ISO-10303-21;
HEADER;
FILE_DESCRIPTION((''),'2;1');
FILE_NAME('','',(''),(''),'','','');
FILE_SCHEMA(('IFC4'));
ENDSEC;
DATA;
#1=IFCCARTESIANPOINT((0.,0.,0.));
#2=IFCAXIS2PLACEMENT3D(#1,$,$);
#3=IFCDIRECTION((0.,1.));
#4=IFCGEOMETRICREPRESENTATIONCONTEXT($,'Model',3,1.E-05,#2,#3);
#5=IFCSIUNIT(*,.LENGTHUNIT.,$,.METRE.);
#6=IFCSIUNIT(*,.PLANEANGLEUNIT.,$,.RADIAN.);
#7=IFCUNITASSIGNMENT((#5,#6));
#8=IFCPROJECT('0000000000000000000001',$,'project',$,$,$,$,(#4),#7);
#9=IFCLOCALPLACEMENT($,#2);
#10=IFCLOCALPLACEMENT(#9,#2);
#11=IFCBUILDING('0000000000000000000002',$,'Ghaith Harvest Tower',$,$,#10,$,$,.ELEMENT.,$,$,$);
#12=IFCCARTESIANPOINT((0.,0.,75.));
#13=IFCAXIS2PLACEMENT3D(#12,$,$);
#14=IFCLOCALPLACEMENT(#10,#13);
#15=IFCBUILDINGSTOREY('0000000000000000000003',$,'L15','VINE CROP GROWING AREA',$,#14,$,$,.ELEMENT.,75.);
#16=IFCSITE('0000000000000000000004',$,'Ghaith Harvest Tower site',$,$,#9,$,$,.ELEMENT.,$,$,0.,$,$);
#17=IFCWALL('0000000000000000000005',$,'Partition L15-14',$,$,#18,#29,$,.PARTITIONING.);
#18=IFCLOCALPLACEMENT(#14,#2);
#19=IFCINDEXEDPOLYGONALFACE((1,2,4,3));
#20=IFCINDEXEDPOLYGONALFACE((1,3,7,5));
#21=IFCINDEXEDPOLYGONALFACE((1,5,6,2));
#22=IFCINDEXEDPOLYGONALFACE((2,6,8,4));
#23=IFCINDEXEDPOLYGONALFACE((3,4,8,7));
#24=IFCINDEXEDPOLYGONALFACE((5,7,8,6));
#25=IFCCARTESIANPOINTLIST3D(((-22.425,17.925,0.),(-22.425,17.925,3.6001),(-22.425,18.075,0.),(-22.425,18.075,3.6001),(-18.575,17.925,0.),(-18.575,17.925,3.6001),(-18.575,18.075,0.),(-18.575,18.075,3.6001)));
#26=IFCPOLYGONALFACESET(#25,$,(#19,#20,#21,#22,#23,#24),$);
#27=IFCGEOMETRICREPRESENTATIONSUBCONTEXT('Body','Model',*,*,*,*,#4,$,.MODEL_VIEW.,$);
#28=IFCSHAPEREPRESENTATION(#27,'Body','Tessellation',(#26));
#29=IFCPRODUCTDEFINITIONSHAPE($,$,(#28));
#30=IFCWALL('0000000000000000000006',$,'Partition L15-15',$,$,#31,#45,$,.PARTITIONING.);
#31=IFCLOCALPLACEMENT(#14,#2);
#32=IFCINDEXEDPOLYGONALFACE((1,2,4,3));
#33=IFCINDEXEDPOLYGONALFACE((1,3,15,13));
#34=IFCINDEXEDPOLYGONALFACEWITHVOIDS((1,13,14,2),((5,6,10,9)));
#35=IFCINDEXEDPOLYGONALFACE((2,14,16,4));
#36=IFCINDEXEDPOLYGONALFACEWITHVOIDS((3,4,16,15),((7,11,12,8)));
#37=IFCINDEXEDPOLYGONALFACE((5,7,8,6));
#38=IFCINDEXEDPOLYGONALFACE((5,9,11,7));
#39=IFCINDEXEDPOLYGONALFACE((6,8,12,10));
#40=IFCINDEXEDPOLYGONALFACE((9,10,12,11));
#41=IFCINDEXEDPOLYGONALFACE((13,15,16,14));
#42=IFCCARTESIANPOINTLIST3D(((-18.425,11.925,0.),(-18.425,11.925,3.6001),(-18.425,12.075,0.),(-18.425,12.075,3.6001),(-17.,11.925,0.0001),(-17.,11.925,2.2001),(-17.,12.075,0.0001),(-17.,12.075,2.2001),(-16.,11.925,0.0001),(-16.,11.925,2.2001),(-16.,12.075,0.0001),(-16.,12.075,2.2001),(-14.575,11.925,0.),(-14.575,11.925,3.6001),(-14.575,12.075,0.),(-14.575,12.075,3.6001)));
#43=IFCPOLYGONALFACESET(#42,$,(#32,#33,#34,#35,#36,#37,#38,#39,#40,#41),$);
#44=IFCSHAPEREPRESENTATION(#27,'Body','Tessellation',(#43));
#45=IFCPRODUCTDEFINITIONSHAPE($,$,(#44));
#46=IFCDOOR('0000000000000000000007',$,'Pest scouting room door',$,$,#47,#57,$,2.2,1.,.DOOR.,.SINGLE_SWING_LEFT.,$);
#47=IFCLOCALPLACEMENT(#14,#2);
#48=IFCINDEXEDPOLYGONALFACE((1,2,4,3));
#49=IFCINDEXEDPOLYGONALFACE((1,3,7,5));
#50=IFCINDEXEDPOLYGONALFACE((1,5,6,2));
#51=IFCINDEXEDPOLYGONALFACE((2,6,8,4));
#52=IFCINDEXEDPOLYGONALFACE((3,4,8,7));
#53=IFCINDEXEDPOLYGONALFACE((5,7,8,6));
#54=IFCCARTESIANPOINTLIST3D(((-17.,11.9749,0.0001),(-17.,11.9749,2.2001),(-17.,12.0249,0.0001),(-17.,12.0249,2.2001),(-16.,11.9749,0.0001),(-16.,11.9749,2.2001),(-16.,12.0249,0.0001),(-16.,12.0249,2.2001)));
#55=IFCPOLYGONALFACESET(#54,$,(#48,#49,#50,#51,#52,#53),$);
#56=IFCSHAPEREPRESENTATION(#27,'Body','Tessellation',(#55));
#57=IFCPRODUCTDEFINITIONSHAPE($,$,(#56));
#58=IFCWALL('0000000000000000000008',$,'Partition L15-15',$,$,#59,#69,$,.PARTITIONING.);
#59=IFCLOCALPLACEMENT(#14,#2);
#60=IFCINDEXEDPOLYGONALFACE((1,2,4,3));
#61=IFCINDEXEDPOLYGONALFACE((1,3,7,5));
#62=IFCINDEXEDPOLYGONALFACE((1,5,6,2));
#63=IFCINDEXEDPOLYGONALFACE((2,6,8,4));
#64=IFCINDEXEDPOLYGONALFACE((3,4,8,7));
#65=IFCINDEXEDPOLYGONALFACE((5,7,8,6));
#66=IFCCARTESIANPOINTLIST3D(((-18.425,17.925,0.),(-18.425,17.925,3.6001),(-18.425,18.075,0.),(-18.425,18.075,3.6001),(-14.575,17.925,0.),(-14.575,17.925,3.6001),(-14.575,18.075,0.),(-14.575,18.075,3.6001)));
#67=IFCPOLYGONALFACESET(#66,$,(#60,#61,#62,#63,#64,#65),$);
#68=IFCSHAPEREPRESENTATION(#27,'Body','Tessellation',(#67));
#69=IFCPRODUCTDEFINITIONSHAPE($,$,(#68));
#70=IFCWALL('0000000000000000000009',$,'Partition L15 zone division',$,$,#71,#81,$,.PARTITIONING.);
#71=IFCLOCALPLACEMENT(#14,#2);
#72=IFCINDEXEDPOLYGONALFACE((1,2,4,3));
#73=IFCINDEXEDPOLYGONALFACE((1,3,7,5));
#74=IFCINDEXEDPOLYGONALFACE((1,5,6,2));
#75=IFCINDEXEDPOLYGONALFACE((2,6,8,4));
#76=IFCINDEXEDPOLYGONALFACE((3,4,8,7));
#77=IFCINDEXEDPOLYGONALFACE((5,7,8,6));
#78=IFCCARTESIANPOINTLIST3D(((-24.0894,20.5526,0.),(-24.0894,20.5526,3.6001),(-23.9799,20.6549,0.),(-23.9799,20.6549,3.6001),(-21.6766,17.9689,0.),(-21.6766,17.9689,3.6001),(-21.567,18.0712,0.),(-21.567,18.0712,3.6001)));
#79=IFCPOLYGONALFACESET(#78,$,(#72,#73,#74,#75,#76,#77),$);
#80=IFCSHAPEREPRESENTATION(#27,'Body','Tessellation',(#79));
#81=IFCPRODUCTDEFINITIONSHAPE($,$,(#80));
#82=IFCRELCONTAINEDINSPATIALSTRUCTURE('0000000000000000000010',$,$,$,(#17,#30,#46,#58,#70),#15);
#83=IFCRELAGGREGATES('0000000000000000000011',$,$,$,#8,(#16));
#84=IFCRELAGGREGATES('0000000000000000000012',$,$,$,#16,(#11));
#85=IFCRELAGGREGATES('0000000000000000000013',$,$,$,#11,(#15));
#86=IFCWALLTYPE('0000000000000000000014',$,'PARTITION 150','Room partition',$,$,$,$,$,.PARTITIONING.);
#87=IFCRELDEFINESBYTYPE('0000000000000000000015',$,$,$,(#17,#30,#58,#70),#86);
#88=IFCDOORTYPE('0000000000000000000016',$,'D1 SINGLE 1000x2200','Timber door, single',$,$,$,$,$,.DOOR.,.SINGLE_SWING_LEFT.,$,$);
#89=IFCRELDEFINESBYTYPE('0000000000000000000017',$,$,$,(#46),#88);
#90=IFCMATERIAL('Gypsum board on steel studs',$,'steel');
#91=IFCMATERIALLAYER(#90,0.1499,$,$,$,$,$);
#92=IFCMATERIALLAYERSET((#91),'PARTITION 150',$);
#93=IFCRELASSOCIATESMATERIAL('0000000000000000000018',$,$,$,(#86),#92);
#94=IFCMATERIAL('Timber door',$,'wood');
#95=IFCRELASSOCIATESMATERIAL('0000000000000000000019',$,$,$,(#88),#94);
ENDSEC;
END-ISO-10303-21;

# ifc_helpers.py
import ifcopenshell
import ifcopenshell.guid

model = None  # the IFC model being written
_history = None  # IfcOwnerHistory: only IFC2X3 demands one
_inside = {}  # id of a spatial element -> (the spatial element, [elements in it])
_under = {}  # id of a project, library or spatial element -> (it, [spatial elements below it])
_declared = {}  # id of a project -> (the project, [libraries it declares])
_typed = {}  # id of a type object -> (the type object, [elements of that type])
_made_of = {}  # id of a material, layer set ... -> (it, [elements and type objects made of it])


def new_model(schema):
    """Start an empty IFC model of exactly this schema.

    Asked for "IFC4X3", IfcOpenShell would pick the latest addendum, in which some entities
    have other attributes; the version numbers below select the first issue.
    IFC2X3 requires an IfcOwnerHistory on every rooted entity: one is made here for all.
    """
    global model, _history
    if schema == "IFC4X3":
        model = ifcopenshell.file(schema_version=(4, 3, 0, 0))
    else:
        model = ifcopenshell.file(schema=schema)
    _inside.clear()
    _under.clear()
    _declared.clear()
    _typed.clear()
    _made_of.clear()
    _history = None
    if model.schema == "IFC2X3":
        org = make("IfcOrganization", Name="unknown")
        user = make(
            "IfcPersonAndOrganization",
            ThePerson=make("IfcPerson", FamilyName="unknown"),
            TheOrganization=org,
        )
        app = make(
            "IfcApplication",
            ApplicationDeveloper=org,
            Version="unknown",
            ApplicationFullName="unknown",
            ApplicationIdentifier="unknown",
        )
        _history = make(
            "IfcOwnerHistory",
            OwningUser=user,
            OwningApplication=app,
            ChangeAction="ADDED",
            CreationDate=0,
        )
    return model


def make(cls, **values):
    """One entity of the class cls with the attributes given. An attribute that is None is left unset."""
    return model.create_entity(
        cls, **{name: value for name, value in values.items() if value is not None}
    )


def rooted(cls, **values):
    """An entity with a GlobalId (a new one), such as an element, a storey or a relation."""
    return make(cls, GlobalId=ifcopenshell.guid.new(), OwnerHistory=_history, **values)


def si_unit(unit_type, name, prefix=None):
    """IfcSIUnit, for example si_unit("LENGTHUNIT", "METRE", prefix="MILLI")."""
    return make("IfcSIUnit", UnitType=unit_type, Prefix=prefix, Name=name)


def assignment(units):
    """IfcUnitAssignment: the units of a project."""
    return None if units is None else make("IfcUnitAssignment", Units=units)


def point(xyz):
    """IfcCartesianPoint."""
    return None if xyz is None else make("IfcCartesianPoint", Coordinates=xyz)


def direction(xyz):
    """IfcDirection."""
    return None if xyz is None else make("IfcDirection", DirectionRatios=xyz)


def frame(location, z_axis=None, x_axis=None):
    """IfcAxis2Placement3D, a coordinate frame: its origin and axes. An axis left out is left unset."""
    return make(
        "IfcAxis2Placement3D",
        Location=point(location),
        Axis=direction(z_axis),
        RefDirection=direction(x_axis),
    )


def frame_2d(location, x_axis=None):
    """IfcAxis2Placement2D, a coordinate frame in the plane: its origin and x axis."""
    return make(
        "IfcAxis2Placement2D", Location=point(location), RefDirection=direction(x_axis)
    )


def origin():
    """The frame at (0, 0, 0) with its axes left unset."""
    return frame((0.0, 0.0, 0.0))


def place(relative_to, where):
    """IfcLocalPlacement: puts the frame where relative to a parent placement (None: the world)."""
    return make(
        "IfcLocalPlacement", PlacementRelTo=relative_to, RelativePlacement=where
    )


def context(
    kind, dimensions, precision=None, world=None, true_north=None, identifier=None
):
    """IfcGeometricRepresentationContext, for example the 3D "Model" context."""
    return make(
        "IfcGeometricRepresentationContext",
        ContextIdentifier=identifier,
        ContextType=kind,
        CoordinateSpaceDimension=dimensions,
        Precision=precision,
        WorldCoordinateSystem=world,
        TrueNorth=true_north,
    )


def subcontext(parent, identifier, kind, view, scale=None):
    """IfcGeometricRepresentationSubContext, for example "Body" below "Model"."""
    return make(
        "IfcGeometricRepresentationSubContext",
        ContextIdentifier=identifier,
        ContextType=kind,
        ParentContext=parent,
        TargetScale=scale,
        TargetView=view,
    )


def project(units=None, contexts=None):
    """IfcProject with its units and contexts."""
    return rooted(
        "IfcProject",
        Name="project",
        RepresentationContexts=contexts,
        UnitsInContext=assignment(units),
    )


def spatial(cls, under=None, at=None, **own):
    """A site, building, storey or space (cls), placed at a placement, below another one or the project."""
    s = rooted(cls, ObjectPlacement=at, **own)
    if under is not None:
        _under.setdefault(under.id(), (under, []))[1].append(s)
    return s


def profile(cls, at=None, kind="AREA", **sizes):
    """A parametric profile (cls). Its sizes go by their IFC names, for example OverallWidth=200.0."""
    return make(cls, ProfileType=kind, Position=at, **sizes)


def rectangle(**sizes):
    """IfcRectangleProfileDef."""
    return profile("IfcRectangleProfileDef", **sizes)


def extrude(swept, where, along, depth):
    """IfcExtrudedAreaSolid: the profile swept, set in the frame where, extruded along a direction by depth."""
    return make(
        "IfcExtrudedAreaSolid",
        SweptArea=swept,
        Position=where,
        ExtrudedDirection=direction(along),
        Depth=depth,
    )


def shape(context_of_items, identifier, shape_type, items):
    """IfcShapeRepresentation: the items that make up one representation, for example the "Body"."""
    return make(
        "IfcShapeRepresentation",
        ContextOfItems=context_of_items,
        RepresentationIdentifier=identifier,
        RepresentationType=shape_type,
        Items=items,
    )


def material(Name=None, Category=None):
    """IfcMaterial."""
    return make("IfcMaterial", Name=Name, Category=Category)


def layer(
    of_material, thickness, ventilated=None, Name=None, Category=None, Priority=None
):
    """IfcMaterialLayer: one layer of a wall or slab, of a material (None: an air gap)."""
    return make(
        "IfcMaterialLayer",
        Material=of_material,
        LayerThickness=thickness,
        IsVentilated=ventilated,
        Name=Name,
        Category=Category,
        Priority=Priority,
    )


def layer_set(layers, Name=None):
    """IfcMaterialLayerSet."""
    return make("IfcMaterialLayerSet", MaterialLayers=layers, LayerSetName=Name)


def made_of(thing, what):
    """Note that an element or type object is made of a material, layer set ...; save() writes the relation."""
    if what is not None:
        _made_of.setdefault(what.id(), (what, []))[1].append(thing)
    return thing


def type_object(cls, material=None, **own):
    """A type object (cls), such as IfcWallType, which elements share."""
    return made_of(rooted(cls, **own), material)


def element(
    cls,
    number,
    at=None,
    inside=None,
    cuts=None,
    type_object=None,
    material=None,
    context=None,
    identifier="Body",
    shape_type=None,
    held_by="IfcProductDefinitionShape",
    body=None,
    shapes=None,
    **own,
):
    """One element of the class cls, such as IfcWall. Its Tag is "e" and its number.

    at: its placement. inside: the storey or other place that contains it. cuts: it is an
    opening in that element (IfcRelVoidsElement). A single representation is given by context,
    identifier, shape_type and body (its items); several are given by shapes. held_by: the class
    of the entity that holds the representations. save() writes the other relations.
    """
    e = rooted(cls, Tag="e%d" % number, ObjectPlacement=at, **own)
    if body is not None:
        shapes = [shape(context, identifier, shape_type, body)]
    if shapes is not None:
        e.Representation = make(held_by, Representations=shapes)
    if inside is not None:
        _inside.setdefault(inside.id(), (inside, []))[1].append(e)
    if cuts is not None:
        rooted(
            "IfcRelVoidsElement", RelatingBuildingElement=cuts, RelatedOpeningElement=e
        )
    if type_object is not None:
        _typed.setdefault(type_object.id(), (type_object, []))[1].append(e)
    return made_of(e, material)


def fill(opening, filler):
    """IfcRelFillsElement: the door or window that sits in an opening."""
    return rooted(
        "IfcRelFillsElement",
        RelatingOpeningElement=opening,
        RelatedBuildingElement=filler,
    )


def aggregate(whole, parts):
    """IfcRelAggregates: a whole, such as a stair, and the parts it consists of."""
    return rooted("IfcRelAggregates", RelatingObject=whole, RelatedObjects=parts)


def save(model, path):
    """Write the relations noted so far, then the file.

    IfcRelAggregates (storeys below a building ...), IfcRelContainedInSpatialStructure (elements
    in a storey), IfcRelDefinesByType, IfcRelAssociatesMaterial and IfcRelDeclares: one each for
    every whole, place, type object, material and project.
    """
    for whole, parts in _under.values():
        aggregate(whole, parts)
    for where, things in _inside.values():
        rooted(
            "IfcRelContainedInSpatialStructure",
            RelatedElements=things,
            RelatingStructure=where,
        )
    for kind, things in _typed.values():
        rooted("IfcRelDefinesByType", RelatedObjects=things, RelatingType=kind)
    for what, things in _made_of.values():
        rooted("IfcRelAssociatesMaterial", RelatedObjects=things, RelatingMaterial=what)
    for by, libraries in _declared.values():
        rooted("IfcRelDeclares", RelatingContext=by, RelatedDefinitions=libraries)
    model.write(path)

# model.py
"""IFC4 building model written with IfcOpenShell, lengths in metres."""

from ifc_helpers import new_model, si_unit, direction, frame, frame_2d, origin, place, context, subcontext, project, spatial, rectangle, extrude, material, layer, layer_set, type_object, element, fill, save


model = new_model("IFC4")

# Units and contexts
model_context = context("Model", 3, precision=1e-05, world=origin(), true_north=direction((0.0, 1.0)))
body_context = subcontext(model_context, "Body", "Model", "MODEL_VIEW")
ifc_project = project(units=[si_unit("LENGTHUNIT", "METRE"), si_unit("PLANEANGLEUNIT", "RADIAN")], contexts=[model_context])

# Site, building, storey
site_placement = place(None, origin())
site = spatial("IfcSite", under=ifc_project, at=site_placement, Name="Ghaith Harvest Tower site", CompositionType="ELEMENT", RefElevation=0.0)
building_placement = place(site_placement, origin())
building = spatial("IfcBuilding", under=site, at=building_placement, Name="Ghaith Harvest Tower", CompositionType="ELEMENT")
storey_placement = place(building_placement, frame((0.0, 0.0, 75.0)))
storey = spatial("IfcBuildingStorey", under=building, at=storey_placement, Name="L15", Description="VINE CROP GROWING AREA", CompositionType="ELEMENT", Elevation=75.0)

# Wall
ifc_material_1 = material(Name="Gypsum board on steel studs", Category="steel")
ifc_layer_1 = layer(ifc_material_1, 0.1499)
ifc_layer_set_1 = layer_set([ifc_layer_1], Name="PARTITION 150")
wall_type = type_object("IfcWallType", Name="PARTITION 150", Description="Room partition", PredefinedType="PARTITIONING", material=ifc_layer_set_1)
wall_1_placement = place(storey_placement, frame((-22.425, 18.0, 0.0), z_axis=(0.0, 0.0, 1.0), x_axis=(1.0, 0.0, 0.0)))
element("IfcWall", 1, at=wall_1_placement, inside=storey, type_object=wall_type, Name="Partition L15-14", PredefinedType="PARTITIONING", context=body_context, shape_type="SweptSolid", body=[
    extrude(rectangle(XDim=3.8501, YDim=0.1499, at=frame_2d((1.925, 0.0))), origin(), (0.0, 0.0, 1.0), 3.6001),
])

# Wall, opening, door
wall_2_placement = place(storey_placement, frame((-18.425, 12.0, 0.0), z_axis=(0.0, 0.0, 1.0), x_axis=(1.0, 0.0, 0.0)))
wall_2 = element("IfcWall", 2, at=wall_2_placement, inside=storey, type_object=wall_type, Name="Partition L15-15", PredefinedType="PARTITIONING", context=body_context, shape_type="SweptSolid", body=[
    extrude(rectangle(XDim=3.8501, YDim=0.1499, at=frame_2d((1.925, 0.0))), origin(), (0.0, 0.0, 1.0), 3.6001),
])
opening_placement = place(wall_2_placement, frame((1.425, 0.0, 0.0)))
opening = element("IfcOpeningElement", 3, at=opening_placement, cuts=wall_2, PredefinedType="OPENING", context=body_context, shape_type="SweptSolid", body=[
    extrude(rectangle(XDim=1.0, YDim=2.2, at=frame_2d((0.5, 1.1001))), frame((0.0, 0.085, 0.0), z_axis=(0.0, -1.0, 0.0), x_axis=(1.0, 0.0, 0.0)), (0.0, 0.0, 1.0), 0.1699),
])
ifc_material_2 = material(Name="Timber door", Category="wood")
door_type = type_object("IfcDoorType", Name="D1 SINGLE 1000x2200", Description="Timber door, single", OperationType="SINGLE_SWING_LEFT", PredefinedType="DOOR", material=ifc_material_2)
door_placement = place(opening_placement, origin())
door = element("IfcDoor", 4, at=door_placement, inside=storey, type_object=door_type, Name="Pest scouting room door", OperationType="SINGLE_SWING_LEFT", OverallHeight=2.2, OverallWidth=1.0, PredefinedType="DOOR", context=body_context, shape_type="SweptSolid", body=[
    extrude(rectangle(XDim=1.0, YDim=2.2, at=frame_2d((0.5, 1.1001))), frame((0.0, 0.0249, 0.0), z_axis=(0.0, -1.0, 0.0), x_axis=(1.0, 0.0, 0.0)), (0.0, 0.0, 1.0), 0.05),
])
fill(opening, door)

# Walls
wall_3_placement = place(storey_placement, frame((-18.425, 18.0, 0.0), z_axis=(0.0, 0.0, 1.0), x_axis=(1.0, 0.0, 0.0)))
element("IfcWall", 5, at=wall_3_placement, inside=storey, type_object=wall_type, Name="Partition L15-15", PredefinedType="PARTITIONING", context=body_context, shape_type="SweptSolid", body=[
    extrude(rectangle(XDim=3.8501, YDim=0.1499, at=frame_2d((1.925, 0.0))), origin(), (0.0, 0.0, 1.0), 3.6001),
])
wall_4_placement = place(storey_placement, frame((-21.6218, 18.02, 0.0), z_axis=(0.0, 0.0, 1.0), x_axis=(-0.682522, 0.730865, 0.0)))
element("IfcWall", 6, at=wall_4_placement, inside=storey, type_object=wall_type, Name="Partition L15 zone division", PredefinedType="PARTITIONING", context=body_context, shape_type="SweptSolid", body=[
    extrude(rectangle(XDim=3.5352, YDim=0.1499, at=frame_2d((1.7676, 0.0))), origin(), (0.0, 0.0, 1.0), 3.6001),
])

save(model, "model.ifc")
